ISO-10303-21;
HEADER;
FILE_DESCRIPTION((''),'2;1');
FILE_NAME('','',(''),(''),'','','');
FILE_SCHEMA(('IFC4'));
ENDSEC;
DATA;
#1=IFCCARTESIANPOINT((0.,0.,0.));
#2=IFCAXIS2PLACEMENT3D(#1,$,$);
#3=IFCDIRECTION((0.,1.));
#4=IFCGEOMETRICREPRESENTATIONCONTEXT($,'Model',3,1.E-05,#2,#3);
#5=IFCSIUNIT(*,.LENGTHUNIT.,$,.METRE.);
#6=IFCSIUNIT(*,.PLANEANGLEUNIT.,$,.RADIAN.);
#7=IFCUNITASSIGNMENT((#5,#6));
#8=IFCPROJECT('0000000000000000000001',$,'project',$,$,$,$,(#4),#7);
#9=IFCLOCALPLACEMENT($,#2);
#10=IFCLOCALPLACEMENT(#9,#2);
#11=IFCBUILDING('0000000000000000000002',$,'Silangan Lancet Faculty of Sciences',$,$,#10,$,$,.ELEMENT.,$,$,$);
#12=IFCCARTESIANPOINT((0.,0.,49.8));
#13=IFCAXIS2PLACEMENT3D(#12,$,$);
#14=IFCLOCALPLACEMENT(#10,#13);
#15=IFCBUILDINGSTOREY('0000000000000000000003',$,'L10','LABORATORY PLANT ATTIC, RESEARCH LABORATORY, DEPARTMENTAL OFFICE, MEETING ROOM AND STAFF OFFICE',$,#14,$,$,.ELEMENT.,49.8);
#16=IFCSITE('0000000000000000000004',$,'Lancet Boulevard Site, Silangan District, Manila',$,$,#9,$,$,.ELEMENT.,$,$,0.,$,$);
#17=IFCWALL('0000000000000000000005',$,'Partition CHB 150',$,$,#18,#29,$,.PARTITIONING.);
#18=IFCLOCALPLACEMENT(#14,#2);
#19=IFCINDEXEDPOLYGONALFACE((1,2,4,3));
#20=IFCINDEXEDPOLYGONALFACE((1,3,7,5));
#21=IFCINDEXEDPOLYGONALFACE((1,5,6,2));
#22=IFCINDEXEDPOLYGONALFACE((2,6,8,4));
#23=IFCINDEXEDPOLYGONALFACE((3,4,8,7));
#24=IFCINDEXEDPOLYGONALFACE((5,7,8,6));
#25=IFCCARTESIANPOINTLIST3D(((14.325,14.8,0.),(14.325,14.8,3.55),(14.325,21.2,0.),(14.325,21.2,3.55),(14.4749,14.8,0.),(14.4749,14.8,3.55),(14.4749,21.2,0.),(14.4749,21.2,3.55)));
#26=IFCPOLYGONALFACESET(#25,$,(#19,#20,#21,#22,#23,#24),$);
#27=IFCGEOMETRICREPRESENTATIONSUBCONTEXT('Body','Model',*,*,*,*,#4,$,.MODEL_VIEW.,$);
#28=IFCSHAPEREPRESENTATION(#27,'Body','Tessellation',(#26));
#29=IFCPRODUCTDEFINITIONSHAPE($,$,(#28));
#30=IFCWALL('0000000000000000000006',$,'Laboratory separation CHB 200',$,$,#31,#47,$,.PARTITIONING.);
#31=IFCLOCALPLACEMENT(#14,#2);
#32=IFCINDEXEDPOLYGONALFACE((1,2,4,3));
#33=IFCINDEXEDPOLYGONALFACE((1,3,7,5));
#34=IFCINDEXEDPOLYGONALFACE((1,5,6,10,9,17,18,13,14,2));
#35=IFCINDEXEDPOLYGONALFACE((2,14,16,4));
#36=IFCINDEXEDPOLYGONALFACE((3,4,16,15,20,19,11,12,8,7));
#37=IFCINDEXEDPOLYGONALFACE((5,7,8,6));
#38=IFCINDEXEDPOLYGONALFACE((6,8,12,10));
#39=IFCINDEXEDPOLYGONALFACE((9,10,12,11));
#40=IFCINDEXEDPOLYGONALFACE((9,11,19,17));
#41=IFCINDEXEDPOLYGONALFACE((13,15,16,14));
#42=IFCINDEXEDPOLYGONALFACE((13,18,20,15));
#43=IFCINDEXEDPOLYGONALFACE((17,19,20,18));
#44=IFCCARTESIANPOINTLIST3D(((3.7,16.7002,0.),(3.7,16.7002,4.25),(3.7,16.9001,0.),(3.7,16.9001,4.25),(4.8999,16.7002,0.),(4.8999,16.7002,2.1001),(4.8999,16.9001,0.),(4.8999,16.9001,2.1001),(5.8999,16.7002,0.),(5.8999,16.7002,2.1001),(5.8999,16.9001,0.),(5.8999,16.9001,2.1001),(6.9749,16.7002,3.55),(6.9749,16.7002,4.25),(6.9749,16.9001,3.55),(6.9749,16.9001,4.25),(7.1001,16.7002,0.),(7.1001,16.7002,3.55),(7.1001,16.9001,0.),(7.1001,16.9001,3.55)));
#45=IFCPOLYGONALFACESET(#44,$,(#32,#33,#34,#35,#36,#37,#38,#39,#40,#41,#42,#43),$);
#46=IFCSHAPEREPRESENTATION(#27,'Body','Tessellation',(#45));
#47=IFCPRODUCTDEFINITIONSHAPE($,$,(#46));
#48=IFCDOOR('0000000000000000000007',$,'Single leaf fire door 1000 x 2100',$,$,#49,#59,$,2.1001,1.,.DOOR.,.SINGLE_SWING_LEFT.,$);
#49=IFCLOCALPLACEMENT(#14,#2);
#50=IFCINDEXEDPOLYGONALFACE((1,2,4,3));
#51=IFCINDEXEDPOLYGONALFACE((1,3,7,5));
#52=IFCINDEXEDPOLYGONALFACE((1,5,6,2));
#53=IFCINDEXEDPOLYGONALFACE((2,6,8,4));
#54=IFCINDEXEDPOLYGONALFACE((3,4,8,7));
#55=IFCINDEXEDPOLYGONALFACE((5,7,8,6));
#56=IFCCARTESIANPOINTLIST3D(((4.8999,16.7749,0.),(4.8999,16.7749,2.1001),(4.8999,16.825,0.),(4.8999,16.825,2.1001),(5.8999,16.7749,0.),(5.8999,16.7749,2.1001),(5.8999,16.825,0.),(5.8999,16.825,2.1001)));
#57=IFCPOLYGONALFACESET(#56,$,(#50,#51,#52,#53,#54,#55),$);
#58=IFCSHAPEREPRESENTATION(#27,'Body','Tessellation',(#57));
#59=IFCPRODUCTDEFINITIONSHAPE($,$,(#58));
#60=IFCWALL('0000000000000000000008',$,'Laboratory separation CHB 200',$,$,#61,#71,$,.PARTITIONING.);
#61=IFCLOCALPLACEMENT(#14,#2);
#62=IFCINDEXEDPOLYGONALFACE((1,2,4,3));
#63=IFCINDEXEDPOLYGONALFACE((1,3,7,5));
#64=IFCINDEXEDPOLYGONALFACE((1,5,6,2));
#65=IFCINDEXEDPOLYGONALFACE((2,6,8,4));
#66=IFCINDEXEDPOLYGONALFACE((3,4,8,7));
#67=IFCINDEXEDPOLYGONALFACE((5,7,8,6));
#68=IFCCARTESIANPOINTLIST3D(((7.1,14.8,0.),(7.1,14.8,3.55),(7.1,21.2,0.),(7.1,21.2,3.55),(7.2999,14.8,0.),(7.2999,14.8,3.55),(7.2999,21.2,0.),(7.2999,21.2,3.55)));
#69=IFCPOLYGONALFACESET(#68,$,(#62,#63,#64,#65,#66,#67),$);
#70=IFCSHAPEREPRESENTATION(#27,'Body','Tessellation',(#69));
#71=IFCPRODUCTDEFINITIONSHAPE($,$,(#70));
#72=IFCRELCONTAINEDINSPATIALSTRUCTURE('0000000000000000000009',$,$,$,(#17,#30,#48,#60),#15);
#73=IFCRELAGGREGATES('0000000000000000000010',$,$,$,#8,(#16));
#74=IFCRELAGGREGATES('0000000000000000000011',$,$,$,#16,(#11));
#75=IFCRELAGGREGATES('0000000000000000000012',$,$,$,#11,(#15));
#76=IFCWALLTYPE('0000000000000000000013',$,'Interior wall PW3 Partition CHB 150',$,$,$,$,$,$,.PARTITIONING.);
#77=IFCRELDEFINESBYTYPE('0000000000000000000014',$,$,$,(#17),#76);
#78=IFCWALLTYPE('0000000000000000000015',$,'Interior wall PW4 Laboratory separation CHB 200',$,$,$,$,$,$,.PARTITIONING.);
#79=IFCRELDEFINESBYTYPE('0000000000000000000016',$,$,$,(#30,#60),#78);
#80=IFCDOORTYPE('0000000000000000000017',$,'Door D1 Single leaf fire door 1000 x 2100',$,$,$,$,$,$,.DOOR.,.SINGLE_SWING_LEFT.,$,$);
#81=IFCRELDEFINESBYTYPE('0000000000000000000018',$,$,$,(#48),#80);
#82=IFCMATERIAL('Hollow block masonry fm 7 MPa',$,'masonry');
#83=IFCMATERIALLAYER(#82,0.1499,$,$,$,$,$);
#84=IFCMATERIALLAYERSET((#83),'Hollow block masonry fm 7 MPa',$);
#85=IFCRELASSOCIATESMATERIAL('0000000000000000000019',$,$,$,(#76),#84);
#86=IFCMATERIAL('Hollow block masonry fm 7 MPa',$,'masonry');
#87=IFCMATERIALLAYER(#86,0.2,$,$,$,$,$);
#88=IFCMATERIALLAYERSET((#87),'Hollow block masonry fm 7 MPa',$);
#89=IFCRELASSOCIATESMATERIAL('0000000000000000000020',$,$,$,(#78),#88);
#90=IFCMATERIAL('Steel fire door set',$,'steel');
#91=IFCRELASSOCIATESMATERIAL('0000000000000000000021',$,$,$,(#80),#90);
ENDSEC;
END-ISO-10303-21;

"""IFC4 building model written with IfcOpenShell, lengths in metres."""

from ifc_helpers import new_model, si_unit, direction, frame, frame_2d, origin, place, context, subcontext, project, spatial, polyline, rectangle, outline, extrude, material, layer, layer_set, type_object, element, fill, save


model = new_model("IFC4")

# Units and contexts
model_context = context("Model", 3, precision=1e-05, world=origin(), true_north=direction((0.0, 1.0)))
body_context = subcontext(model_context, "Body", "Model", "MODEL_VIEW")
ifc_project = project(units=[si_unit("LENGTHUNIT", "METRE"), si_unit("PLANEANGLEUNIT", "RADIAN")], contexts=[model_context])

# Site, building, storey
site_placement = place(None, origin())
site = spatial("IfcSite", under=ifc_project, at=site_placement, Name="Lancet Boulevard Site, Silangan District, Manila", CompositionType="ELEMENT", RefElevation=0.0)
building_placement = place(site_placement, origin())
building = spatial("IfcBuilding", under=site, at=building_placement, Name="Silangan Lancet Faculty of Sciences", CompositionType="ELEMENT")
storey_placement = place(building_placement, frame((0.0, 0.0, 49.8)))
storey = spatial("IfcBuildingStorey", under=building, at=storey_placement, Name="L10", Description="LABORATORY PLANT ATTIC, RESEARCH LABORATORY, DEPARTMENTAL OFFICE, MEETING ROOM AND STAFF OFFICE", CompositionType="ELEMENT", Elevation=49.8)

# Wall
ifc_material_1 = material(Name="Hollow block masonry fm 7 MPa", Category="masonry")
ifc_layer_1 = layer(ifc_material_1, 0.1499)
ifc_layer_set_1 = layer_set([ifc_layer_1], Name="Hollow block masonry fm 7 MPa")
wall_type_1 = type_object("IfcWallType", Name="Interior wall PW3 Partition CHB 150", PredefinedType="PARTITIONING", material=ifc_layer_set_1)
wall_1_placement = place(storey_placement, frame((14.3999, 14.8, 0.0), z_axis=(0.0, 0.0, 1.0), x_axis=(0.0, 1.0, 0.0)))
element("IfcWall", 1, at=wall_1_placement, inside=storey, type_object=wall_type_1, Name="Partition CHB 150", PredefinedType="PARTITIONING", context=body_context, shape_type="SweptSolid", body=[
    extrude(rectangle(XDim=6.3999, YDim=0.1499, at=frame_2d((3.2, 0.0))), origin(), (0.0, 0.0, 1.0), 3.55),
])

# Wall, opening, door
ifc_material_2 = material(Name="Hollow block masonry fm 7 MPa", Category="masonry")
ifc_layer_2 = layer(ifc_material_2, 0.2)
ifc_layer_set_2 = layer_set([ifc_layer_2], Name="Hollow block masonry fm 7 MPa")
wall_type_2 = type_object("IfcWallType", Name="Interior wall PW4 Laboratory separation CHB 200", PredefinedType="PARTITIONING", material=ifc_layer_set_2)
wall_2_placement = place(storey_placement, frame((3.7, 16.8, 0.0), z_axis=(0.0, 0.0, 1.0), x_axis=(1.0, 0.0, 0.0)))
wall_2 = element("IfcWall", 2, at=wall_2_placement, inside=storey, type_object=wall_type_2, Name="Laboratory separation CHB 200", PredefinedType="PARTITIONING", context=body_context, shape_type="SweptSolid", body=[
    extrude(outline(polyline([(0.0, 0.0), (3.4001, 0.0), (3.4001, 3.55), (3.2749, 3.55), (3.2749, 4.25), (0.0, 4.25), (0.0, 0.0)])), frame((0.0, 0.1001, 0.0), z_axis=(0.0, -1.0, 0.0), x_axis=(1.0, 0.0, 0.0)), (0.0, 0.0, 1.0), 0.2),
])
opening_1_placement = place(wall_2_placement, frame((1.2, 0.0, 0.0)))
opening_1 = element("IfcOpeningElement", 3, at=opening_1_placement, cuts=wall_2, PredefinedType="OPENING", context=body_context, shape_type="SweptSolid", body=[
    extrude(rectangle(XDim=1.0, YDim=2.1001, at=frame_2d((0.5, 1.05))), frame((0.0, 0.1099, 0.0), z_axis=(0.0, -1.0, 0.0), x_axis=(1.0, 0.0, 0.0)), (0.0, 0.0, 1.0), 0.22),
])
ifc_material_3 = material(Name="Steel fire door set", Category="steel")
door_type = type_object("IfcDoorType", Name="Door D1 Single leaf fire door 1000 x 2100", OperationType="SINGLE_SWING_LEFT", PredefinedType="DOOR", material=ifc_material_3)
door_placement = place(opening_1_placement, origin())
door = element("IfcDoor", 4, at=door_placement, inside=storey, type_object=door_type, Name="Single leaf fire door 1000 x 2100", OperationType="SINGLE_SWING_LEFT", OverallHeight=2.1001, OverallWidth=1.0, PredefinedType="DOOR", context=body_context, shape_type="SweptSolid", body=[
    extrude(rectangle(XDim=1.0, YDim=2.1001, at=frame_2d((0.5, 1.05))), frame((0.0, 0.0249, 0.0), z_axis=(0.0, -1.0, 0.0), x_axis=(1.0, 0.0, 0.0)), (0.0, 0.0, 1.0), 0.05),
])
fill(opening_1, door)

# Wall
wall_3_placement = place(storey_placement, frame((7.2, 14.8, 0.0), z_axis=(0.0, 0.0, 1.0), x_axis=(0.0, 1.0, 0.0)))
element("IfcWall", 5, at=wall_3_placement, inside=storey, type_object=wall_type_2, Name="Laboratory separation CHB 200", PredefinedType="PARTITIONING", context=body_context, shape_type="SweptSolid", body=[
    extrude(rectangle(XDim=6.3999, YDim=0.2, at=frame_2d((3.2, 0.0))), origin(), (0.0, 0.0, 1.0), 3.55),
])

save(model, "model.ifc")
